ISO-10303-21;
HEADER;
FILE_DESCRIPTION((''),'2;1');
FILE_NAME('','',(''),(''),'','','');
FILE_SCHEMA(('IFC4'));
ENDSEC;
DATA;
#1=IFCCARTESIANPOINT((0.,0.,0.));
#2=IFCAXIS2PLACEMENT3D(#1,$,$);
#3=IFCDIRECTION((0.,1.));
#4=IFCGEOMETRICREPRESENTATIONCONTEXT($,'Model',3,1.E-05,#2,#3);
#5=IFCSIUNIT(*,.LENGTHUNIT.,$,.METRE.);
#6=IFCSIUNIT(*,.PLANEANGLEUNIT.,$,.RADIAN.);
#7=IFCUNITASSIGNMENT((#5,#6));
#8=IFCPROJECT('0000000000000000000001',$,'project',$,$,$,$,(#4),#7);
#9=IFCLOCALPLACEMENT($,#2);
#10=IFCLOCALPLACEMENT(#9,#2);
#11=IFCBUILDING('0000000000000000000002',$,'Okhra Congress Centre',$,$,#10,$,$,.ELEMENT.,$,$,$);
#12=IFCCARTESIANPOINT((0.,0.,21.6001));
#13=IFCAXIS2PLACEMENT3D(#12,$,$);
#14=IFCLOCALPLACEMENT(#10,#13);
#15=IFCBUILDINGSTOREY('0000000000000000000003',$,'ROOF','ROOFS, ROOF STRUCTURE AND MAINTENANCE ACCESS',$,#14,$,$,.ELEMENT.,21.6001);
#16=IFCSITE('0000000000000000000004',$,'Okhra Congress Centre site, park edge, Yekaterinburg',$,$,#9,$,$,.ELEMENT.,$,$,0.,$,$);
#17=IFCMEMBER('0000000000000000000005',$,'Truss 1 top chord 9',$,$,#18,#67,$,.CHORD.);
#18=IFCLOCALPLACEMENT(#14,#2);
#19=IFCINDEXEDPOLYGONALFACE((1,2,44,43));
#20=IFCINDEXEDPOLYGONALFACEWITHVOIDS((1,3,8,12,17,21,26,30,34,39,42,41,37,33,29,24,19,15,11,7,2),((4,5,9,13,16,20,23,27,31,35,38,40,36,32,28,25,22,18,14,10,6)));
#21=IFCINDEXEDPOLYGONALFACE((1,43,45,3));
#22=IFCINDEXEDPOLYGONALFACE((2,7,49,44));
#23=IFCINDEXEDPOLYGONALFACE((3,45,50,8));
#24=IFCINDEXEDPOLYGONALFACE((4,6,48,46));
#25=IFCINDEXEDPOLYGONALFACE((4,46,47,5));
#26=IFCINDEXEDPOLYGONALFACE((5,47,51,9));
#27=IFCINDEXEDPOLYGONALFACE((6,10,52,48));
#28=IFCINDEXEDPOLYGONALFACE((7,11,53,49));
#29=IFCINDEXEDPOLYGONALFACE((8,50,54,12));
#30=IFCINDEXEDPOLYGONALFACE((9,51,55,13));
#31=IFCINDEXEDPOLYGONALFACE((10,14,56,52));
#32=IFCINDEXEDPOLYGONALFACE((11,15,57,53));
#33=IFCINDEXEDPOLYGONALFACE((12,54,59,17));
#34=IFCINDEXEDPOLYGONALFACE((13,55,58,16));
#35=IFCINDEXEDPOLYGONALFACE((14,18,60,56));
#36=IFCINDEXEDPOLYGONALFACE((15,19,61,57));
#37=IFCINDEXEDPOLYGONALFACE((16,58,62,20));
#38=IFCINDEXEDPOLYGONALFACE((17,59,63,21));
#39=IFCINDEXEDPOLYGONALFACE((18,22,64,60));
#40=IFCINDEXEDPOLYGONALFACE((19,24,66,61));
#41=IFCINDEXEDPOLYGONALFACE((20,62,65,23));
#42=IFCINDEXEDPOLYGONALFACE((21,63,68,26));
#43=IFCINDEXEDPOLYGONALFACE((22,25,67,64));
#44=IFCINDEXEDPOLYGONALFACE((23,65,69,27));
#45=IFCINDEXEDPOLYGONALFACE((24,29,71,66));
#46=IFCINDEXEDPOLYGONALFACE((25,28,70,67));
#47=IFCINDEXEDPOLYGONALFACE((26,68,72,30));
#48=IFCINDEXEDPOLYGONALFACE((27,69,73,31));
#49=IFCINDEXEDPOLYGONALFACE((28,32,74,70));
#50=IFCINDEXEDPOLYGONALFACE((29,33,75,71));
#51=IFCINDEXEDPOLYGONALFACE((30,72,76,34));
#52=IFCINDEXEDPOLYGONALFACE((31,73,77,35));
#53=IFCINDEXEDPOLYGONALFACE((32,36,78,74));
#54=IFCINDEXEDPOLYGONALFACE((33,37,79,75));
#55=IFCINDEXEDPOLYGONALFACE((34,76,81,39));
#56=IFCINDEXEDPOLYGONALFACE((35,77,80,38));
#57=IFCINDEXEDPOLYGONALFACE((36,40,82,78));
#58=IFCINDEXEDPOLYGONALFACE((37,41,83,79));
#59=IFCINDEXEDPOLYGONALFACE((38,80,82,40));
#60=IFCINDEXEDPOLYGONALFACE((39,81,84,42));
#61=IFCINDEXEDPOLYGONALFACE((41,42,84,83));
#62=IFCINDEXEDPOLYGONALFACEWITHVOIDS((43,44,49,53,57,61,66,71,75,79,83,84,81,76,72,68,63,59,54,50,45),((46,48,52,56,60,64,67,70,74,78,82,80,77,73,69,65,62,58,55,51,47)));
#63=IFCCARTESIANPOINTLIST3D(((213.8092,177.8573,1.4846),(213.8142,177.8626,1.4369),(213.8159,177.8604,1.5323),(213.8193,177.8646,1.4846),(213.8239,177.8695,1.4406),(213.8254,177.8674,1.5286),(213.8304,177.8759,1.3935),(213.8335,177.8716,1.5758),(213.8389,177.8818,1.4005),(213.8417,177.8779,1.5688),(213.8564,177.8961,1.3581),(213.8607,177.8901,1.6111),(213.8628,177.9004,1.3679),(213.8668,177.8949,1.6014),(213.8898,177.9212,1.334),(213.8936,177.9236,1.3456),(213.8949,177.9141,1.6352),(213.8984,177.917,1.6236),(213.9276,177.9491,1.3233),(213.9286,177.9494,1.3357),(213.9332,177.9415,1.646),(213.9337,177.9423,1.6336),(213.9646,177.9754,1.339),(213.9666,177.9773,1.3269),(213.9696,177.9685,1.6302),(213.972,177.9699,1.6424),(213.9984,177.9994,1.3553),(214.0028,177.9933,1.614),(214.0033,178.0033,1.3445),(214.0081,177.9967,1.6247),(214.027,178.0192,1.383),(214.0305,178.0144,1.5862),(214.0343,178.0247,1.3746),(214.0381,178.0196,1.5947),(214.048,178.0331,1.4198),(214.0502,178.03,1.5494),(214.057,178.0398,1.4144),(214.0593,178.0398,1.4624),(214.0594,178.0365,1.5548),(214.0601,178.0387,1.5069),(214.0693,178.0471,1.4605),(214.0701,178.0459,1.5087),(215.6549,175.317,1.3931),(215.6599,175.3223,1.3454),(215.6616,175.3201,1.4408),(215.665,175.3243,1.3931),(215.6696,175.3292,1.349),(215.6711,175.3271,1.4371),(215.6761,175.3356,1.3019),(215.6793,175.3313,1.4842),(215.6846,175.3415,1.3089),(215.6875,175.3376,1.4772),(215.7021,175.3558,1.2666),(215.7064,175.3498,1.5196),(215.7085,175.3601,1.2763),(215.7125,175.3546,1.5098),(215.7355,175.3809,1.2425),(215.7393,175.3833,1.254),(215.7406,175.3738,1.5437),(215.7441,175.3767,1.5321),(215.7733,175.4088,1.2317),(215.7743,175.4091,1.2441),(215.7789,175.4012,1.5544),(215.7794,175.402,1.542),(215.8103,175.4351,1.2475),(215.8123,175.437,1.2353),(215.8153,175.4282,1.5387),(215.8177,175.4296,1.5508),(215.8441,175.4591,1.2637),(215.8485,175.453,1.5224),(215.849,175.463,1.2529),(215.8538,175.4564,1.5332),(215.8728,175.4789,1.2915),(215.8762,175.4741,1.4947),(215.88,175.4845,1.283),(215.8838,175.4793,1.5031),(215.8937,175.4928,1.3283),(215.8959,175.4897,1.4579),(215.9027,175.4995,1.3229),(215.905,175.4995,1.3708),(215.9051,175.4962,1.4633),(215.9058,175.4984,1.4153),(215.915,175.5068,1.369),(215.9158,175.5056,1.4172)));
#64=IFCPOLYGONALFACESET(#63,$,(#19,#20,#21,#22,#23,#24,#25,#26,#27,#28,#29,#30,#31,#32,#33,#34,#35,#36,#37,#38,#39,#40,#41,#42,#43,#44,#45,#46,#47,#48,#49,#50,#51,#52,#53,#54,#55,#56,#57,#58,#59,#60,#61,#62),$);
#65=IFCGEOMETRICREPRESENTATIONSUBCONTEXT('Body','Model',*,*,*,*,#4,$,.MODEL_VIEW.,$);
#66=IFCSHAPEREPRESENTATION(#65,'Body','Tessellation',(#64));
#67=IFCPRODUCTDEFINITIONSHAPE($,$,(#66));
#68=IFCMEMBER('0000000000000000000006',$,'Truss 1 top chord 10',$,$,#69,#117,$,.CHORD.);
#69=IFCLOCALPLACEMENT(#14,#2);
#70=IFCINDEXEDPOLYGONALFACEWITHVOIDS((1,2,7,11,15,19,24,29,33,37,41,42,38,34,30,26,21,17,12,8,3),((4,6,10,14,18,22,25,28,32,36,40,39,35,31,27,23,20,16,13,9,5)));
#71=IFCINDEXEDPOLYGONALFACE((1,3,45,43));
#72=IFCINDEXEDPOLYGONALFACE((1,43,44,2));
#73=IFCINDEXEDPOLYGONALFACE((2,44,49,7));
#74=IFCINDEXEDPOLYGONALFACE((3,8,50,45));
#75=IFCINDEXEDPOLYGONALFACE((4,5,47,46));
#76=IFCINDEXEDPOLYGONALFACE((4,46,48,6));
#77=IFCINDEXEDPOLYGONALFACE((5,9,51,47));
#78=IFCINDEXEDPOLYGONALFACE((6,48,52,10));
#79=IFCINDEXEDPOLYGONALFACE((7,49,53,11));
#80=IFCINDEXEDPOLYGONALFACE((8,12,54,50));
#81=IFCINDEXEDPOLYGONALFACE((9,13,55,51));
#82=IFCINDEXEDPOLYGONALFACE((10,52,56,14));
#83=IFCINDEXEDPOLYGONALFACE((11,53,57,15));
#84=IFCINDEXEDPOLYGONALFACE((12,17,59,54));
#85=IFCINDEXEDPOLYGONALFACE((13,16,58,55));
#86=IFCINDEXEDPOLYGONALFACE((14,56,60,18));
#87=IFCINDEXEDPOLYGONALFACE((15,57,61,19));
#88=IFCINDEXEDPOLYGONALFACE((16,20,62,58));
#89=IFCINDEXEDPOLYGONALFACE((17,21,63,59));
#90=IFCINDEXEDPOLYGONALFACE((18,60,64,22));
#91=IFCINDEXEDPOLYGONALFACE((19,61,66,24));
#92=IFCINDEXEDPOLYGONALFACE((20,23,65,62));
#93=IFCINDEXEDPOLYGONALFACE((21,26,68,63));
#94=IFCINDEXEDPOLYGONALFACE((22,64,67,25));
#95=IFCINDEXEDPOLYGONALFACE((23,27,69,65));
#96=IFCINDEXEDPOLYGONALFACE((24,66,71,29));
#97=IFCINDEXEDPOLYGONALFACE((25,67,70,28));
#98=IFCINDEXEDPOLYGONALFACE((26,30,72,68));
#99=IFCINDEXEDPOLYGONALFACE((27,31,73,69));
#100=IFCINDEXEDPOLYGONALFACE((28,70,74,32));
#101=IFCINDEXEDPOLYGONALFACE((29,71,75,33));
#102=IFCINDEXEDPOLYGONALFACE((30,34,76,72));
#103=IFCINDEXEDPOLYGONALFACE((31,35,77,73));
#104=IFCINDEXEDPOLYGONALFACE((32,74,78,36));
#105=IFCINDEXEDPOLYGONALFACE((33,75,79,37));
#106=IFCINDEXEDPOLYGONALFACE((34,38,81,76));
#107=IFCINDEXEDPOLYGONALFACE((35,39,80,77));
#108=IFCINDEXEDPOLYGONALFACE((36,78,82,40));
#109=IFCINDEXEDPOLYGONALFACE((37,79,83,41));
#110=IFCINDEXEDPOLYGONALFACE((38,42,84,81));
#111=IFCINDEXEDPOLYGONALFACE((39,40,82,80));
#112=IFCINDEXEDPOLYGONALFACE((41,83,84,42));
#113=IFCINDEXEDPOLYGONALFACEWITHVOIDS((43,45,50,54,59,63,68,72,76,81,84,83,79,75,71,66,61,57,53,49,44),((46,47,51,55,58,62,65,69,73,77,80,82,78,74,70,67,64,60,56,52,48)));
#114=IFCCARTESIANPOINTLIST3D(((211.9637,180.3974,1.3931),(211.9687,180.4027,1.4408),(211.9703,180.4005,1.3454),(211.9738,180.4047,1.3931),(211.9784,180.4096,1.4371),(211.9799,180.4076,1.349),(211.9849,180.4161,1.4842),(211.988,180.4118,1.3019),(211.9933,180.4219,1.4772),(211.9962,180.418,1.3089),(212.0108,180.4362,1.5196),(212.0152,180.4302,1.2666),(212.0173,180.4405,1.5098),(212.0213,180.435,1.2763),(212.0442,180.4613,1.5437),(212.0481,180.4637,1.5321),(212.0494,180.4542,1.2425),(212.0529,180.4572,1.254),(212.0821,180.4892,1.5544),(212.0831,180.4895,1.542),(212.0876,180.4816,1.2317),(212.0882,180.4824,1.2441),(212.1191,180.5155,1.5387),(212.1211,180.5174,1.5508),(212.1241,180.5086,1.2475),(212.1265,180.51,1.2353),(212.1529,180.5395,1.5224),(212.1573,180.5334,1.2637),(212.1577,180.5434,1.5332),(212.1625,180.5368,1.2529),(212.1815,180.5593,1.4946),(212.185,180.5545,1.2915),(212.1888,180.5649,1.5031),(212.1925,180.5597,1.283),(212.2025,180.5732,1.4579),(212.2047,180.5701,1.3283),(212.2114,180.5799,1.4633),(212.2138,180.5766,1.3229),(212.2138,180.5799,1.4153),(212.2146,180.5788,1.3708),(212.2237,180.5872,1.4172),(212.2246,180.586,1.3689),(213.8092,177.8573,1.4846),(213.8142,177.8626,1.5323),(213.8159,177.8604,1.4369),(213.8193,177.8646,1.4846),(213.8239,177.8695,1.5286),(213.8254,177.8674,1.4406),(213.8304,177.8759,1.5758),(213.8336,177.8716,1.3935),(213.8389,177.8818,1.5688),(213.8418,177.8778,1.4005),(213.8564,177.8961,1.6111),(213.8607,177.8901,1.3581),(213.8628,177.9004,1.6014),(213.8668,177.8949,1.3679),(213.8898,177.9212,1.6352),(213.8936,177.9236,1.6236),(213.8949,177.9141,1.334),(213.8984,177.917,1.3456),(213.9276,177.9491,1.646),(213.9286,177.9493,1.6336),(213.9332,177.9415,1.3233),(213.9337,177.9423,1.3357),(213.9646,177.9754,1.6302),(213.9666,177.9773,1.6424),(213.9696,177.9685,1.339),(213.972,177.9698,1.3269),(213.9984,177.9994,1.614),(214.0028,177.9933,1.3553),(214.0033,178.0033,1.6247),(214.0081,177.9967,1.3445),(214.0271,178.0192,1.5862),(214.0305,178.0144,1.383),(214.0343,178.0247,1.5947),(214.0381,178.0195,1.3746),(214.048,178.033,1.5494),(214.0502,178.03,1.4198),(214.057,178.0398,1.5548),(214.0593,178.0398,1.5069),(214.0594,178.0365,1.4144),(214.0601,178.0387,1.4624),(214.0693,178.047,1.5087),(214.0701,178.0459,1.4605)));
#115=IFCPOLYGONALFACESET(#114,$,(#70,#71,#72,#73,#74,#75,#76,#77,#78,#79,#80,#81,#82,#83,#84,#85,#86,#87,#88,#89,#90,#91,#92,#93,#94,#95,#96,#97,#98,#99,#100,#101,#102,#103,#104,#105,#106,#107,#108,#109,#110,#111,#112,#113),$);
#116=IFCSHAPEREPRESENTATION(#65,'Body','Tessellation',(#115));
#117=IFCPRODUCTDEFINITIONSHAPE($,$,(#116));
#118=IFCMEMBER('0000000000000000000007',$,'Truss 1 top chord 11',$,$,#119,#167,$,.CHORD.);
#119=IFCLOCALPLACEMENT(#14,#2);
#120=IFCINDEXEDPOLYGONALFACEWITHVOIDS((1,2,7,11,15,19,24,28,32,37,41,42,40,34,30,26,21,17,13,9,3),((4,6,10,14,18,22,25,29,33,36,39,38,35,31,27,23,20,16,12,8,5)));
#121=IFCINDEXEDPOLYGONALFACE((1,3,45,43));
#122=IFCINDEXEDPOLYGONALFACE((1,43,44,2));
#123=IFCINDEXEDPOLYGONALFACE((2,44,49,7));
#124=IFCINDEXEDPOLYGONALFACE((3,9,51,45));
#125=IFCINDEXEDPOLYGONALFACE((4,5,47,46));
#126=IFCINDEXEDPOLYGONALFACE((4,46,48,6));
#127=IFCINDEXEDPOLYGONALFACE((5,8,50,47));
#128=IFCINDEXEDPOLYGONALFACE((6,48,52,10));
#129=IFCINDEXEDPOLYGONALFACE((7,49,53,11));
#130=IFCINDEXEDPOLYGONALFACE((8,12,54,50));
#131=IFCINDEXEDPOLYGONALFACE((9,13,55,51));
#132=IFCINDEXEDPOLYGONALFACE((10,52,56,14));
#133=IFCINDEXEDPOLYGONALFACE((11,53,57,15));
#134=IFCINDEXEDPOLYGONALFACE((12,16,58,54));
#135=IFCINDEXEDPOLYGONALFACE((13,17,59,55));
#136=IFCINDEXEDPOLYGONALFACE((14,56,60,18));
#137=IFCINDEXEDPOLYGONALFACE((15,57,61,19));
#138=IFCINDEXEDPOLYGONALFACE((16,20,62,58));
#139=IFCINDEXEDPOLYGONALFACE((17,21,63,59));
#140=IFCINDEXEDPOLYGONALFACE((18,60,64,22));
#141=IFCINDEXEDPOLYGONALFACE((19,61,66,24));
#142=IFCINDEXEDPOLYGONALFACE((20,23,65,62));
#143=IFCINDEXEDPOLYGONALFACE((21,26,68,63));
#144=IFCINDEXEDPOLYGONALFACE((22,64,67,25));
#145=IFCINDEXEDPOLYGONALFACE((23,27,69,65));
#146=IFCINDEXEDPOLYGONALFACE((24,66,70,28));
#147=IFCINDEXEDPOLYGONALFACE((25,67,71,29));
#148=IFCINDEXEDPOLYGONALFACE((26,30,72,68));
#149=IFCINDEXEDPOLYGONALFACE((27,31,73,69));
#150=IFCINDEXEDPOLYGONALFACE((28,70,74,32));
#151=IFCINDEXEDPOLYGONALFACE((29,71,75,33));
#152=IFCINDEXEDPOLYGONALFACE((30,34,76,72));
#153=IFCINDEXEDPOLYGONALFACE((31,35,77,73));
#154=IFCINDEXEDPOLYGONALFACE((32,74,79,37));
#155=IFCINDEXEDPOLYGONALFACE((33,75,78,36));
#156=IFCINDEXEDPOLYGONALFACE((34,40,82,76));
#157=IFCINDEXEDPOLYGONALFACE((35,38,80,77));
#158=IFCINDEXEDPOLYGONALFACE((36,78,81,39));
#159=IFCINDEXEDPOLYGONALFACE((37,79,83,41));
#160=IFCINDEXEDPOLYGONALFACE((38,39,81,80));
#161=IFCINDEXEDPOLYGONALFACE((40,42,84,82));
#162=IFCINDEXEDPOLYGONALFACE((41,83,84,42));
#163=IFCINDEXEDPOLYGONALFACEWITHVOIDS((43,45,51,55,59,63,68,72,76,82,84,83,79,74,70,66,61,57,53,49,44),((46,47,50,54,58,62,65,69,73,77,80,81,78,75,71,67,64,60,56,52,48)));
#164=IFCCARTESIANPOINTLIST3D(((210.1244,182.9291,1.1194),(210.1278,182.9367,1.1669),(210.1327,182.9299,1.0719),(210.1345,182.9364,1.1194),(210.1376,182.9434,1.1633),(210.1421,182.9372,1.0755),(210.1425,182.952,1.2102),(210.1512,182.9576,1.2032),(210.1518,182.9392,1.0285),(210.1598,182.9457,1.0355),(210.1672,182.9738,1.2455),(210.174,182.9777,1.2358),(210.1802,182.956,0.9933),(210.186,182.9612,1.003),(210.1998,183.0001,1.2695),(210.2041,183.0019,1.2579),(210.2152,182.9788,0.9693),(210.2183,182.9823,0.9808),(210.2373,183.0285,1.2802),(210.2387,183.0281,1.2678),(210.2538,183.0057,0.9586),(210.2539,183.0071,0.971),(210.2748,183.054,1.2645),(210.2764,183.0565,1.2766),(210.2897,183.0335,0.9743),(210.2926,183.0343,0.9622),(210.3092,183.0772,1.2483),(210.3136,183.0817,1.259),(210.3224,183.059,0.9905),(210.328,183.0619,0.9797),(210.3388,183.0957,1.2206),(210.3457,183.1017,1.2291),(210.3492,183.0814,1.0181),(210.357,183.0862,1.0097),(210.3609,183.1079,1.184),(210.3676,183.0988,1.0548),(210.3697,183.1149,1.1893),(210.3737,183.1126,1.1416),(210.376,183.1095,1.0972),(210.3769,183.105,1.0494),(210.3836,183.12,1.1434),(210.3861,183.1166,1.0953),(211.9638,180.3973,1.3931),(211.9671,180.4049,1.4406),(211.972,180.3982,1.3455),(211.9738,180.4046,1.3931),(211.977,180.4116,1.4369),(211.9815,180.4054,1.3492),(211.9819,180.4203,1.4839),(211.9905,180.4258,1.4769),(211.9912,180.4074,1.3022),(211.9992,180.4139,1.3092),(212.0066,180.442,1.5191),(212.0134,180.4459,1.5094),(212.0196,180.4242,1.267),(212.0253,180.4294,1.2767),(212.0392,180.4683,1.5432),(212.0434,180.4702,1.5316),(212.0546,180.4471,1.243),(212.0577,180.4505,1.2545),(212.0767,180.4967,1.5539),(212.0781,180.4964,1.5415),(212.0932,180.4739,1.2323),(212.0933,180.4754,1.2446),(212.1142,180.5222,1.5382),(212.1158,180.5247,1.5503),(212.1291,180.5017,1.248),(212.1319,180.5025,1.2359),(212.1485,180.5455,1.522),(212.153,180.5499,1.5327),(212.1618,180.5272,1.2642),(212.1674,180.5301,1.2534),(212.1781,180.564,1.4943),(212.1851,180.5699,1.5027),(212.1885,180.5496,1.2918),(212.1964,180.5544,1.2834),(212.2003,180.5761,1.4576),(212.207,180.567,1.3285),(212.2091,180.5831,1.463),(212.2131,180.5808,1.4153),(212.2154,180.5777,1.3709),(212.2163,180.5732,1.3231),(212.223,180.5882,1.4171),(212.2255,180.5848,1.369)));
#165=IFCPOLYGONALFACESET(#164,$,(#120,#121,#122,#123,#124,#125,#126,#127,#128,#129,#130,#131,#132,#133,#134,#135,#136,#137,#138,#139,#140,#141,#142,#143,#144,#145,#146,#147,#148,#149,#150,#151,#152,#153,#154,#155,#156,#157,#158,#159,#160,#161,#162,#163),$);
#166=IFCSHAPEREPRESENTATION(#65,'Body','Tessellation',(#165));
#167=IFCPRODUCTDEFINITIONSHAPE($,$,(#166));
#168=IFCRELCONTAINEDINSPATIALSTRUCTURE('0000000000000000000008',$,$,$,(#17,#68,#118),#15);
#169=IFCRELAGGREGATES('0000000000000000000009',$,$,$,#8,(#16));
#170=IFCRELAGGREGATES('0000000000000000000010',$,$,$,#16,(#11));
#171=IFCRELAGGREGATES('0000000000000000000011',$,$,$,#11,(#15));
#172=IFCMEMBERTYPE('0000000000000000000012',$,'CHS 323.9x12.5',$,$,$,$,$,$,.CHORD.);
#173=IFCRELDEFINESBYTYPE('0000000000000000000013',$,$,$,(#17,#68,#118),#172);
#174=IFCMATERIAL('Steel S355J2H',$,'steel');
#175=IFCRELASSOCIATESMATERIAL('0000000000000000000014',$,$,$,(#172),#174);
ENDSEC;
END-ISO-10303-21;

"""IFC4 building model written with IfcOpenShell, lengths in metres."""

from ifc_helpers import new_model, si_unit, direction, frame, origin, origin_2d, place, context, subcontext, project, spatial, hollow_circle, extrude, material, material_profile, profile_set, type_object, element, save


model = new_model("IFC4")

# Units and contexts
model_context = context("Model", 3, precision=1e-05, world=origin(), true_north=direction((0.0, 1.0)))
body_context = subcontext(model_context, "Body", "Model", "MODEL_VIEW")
ifc_project = project(units=[si_unit("LENGTHUNIT", "METRE"), si_unit("PLANEANGLEUNIT", "RADIAN")], contexts=[model_context])

# Site, building, storey
site_placement = place(None, origin())
site = spatial("IfcSite", under=ifc_project, at=site_placement, Name="Okhra Congress Centre site, park edge, Yekaterinburg", CompositionType="ELEMENT", RefElevation=0.0)
building_placement = place(site_placement, origin())
building = spatial("IfcBuilding", under=site, at=building_placement, Name="Okhra Congress Centre", CompositionType="ELEMENT")
storey_placement = place(building_placement, frame((0.0, 0.0, 21.6001)))
storey = spatial("IfcBuildingStorey", under=building, at=storey_placement, Name="ROOF", Description="ROOFS, ROOF STRUCTURE AND MAINTENANCE ACCESS", CompositionType="ELEMENT", Elevation=21.6001)

# Members
ifc_material_1 = material(Name="Steel S355J2H", Category="steel")
ifc_material_profile_1 = material_profile(ifc_material_1, hollow_circle(Radius=0.1619, WallThickness=0.0125, at=origin_2d()), Name="CHS 323.9x12.5")
ifc_profile_set_1 = profile_set([ifc_material_profile_1], Name="Steel S355J2H")
member_type_1 = type_object("IfcMemberType", Name="CHS 323.9x12.5", PredefinedType="CHORD", material=ifc_profile_set_1)
member_1_placement = place(storey_placement, frame((215.7859, 175.4121, 1.3931), z_axis=(-0.587552, 0.808661, 0.029144), x_axis=(-0.809005, -0.587802, 0.0)))
element("IfcMember", 1, at=member_1_placement, inside=storey, type_object=member_type_1, Name="Truss 1 top chord 9", PredefinedType="CHORD", context=body_context, shape_type="SweptSolid", body=[
    extrude(hollow_circle(Radius=0.1619, WallThickness=0.0125, at=origin_2d()), origin(), (0.0, 0.0, 1.0), 3.1414),
])
member_2_placement = place(storey_placement, frame((213.9402, 177.9524, 1.4846), z_axis=(-0.587538, 0.808671, -0.029148), x_axis=(-0.809015, -0.587788, 0.0)))
element("IfcMember", 2, at=member_2_placement, inside=storey, type_object=member_type_1, Name="Truss 1 top chord 10", PredefinedType="CHORD", context=body_context, shape_type="SweptSolid", body=[
    extrude(hollow_circle(Radius=0.1619, WallThickness=0.0125, at=origin_2d()), origin(), (0.0, 0.0, 1.0), 3.1411),
])
member_3_placement = place(storey_placement, frame((212.0947, 180.4924, 1.3931), z_axis=(-0.585538, 0.80595, -0.087123), x_axis=(-0.809026, -0.587773, 0.0)))
element("IfcMember", 3, at=member_3_placement, inside=storey, type_object=member_type_1, Name="Truss 1 top chord 11", PredefinedType="CHORD", context=body_context, shape_type="SweptSolid", body=[
    extrude(hollow_circle(Radius=0.1619, WallThickness=0.0125, at=origin_2d()), origin(), (0.0, 0.0, 1.0), 3.1414),
])

save(model, "model.ifc")
